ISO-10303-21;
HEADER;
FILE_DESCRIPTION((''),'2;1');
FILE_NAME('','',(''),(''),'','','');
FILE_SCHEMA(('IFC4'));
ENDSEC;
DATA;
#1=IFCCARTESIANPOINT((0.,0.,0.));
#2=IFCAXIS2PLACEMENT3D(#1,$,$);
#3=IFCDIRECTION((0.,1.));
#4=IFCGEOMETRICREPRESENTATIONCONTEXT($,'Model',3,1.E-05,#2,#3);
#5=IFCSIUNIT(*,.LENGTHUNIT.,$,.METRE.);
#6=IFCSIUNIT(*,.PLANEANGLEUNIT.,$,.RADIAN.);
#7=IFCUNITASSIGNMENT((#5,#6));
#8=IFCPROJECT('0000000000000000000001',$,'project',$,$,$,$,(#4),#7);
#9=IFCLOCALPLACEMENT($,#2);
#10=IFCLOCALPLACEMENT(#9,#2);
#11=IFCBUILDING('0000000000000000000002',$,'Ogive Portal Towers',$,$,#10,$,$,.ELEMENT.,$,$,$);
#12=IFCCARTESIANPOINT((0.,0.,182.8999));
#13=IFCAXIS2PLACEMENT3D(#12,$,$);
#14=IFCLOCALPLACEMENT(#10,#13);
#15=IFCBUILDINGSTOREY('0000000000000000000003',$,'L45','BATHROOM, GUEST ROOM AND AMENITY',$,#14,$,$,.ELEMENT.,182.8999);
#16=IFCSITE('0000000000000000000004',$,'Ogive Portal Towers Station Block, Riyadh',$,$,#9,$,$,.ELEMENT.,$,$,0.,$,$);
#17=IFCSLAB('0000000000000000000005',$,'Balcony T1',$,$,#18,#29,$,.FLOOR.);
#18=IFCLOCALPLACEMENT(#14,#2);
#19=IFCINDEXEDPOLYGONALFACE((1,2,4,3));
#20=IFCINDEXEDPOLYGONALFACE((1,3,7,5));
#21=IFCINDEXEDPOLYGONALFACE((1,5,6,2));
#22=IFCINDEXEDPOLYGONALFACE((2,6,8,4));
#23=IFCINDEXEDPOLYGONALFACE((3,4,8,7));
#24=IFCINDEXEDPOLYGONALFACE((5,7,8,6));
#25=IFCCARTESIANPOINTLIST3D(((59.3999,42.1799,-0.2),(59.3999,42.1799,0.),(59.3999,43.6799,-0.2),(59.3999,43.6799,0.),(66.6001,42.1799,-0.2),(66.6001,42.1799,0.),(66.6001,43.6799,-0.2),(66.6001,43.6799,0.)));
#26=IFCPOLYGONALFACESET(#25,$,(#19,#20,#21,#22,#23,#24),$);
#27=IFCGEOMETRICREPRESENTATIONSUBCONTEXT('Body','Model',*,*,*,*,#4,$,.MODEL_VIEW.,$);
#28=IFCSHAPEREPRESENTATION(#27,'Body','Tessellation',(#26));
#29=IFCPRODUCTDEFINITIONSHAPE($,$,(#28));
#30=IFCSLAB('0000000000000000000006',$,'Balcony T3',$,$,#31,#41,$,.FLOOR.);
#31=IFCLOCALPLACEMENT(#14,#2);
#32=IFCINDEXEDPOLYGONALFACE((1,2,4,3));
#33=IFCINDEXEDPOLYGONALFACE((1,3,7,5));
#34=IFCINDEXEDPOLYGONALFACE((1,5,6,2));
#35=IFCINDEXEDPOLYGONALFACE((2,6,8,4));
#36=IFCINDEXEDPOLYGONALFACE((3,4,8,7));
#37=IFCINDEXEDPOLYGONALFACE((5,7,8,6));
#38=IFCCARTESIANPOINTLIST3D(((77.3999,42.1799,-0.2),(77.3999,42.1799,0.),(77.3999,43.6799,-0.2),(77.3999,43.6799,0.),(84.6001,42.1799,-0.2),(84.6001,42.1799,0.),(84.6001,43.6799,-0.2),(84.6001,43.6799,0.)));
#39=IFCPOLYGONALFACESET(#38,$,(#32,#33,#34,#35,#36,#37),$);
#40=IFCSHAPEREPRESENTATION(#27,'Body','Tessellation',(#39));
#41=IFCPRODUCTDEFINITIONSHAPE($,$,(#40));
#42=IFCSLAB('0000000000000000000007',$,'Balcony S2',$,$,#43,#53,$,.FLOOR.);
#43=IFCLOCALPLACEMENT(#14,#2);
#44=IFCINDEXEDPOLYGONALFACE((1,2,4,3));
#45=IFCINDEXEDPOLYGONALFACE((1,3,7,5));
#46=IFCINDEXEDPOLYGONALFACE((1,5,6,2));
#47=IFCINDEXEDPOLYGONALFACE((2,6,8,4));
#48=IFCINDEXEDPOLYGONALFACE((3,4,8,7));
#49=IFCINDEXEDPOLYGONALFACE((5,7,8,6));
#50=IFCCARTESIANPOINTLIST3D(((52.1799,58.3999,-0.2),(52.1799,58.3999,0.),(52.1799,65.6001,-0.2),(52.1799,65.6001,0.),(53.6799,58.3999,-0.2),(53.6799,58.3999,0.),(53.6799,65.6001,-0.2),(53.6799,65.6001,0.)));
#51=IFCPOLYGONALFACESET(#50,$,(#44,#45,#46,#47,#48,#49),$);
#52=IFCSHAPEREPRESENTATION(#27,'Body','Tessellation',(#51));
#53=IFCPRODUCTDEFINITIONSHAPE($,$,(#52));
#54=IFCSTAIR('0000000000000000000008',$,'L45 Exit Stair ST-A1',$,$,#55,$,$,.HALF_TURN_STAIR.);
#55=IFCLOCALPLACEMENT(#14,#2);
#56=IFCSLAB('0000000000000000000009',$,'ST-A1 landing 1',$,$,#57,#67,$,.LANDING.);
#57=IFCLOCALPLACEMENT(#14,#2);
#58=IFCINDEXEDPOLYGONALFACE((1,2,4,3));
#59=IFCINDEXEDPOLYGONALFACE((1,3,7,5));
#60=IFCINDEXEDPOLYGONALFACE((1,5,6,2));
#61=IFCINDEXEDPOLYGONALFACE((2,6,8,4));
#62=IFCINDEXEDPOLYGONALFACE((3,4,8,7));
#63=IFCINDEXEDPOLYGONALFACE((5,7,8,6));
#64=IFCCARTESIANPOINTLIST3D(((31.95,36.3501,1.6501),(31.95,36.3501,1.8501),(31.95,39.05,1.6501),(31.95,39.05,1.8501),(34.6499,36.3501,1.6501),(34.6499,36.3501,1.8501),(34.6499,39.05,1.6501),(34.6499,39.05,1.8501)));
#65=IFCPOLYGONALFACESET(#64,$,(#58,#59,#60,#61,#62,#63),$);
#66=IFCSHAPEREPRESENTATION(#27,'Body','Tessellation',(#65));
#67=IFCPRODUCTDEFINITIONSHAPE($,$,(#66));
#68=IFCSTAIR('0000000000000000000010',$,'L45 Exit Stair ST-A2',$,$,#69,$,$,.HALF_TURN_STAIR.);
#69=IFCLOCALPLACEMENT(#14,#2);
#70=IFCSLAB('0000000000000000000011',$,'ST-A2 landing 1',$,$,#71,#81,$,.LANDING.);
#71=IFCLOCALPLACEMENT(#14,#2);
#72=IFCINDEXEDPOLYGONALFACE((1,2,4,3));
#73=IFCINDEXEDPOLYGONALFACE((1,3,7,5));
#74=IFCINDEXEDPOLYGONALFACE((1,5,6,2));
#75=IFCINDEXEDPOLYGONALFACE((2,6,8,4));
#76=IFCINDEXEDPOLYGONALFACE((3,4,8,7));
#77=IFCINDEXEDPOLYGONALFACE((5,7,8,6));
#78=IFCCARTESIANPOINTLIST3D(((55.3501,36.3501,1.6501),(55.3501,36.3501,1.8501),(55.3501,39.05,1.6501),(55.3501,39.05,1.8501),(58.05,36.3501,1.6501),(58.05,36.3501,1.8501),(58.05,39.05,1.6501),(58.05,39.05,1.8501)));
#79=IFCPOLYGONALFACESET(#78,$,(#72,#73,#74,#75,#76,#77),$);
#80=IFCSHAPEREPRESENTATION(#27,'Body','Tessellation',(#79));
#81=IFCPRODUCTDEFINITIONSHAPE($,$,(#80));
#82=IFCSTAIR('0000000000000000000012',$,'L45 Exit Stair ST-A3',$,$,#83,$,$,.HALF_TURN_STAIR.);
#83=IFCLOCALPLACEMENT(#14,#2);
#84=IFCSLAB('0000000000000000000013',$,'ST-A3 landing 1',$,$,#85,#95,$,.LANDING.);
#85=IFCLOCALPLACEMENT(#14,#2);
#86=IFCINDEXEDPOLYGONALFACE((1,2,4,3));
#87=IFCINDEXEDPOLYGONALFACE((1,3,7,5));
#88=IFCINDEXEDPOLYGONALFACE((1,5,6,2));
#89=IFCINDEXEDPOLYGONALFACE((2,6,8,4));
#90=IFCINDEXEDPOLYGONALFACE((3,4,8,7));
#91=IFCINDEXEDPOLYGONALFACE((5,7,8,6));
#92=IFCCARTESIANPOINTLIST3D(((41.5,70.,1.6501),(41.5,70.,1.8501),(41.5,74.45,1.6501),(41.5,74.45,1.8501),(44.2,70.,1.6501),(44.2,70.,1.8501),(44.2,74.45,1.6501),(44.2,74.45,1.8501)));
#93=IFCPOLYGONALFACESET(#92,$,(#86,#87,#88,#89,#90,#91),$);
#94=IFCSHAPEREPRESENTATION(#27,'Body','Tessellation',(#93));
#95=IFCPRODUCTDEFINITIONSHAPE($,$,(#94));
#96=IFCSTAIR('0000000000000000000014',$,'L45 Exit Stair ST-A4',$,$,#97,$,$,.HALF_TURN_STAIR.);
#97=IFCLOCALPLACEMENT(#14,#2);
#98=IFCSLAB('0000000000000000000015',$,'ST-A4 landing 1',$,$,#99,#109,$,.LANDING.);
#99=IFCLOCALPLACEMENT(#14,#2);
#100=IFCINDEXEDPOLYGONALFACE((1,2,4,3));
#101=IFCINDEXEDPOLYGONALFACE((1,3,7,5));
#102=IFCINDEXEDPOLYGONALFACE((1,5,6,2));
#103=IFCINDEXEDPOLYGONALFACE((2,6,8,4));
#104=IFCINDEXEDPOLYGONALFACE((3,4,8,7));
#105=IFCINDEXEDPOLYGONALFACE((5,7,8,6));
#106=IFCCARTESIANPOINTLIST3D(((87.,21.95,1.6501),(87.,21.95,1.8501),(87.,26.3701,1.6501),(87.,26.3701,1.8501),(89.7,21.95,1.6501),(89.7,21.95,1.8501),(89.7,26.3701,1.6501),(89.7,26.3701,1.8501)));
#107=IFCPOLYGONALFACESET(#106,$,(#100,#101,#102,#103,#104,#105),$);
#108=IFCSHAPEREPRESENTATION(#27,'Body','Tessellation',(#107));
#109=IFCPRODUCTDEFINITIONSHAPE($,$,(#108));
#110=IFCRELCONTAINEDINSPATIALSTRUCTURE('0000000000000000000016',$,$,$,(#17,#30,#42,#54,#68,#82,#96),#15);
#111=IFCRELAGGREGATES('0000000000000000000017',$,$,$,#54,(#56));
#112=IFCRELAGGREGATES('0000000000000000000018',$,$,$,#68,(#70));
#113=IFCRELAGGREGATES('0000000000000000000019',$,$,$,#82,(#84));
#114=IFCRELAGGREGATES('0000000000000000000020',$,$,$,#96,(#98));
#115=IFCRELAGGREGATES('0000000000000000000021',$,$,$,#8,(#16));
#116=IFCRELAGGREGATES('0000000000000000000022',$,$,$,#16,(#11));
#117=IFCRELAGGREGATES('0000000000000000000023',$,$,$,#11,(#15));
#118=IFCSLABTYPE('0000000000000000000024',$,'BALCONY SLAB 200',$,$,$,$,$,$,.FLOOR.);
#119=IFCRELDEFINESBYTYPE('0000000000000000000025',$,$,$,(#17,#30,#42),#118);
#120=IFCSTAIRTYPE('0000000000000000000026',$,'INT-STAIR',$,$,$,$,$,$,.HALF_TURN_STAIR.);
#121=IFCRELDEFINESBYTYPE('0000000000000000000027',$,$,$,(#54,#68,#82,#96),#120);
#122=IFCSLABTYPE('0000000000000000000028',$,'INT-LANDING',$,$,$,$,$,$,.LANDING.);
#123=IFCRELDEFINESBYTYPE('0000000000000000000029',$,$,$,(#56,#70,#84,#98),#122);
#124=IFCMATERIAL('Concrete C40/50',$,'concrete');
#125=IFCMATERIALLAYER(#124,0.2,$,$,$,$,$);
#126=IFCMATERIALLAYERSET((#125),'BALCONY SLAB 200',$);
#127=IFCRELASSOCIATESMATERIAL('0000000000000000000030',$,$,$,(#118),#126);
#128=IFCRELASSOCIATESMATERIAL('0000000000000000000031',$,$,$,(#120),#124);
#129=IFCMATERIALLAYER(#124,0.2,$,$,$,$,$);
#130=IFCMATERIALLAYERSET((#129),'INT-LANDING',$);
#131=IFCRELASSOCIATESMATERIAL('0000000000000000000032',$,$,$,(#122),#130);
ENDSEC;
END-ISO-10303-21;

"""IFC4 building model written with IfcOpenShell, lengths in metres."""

from ifc_helpers import new_model, si_unit, direction, frame, origin, place, context, subcontext, project, spatial, polyline, outline, extrude, material, layer, layer_set, type_object, element, aggregate, save


model = new_model("IFC4")

# Units and contexts
model_context = context("Model", 3, precision=1e-05, world=origin(), true_north=direction((0.0, 1.0)))
body_context = subcontext(model_context, "Body", "Model", "MODEL_VIEW")
ifc_project = project(units=[si_unit("LENGTHUNIT", "METRE"), si_unit("PLANEANGLEUNIT", "RADIAN")], contexts=[model_context])

# Site, building, storey
site_placement = place(None, origin())
site = spatial("IfcSite", under=ifc_project, at=site_placement, Name="Ogive Portal Towers Station Block, Riyadh", CompositionType="ELEMENT", RefElevation=0.0)
building_placement = place(site_placement, origin())
building = spatial("IfcBuilding", under=site, at=building_placement, Name="Ogive Portal Towers", CompositionType="ELEMENT")
storey_placement = place(building_placement, frame((0.0, 0.0, 182.8999)))
storey = spatial("IfcBuildingStorey", under=building, at=storey_placement, Name="L45", Description="BATHROOM, GUEST ROOM AND AMENITY", CompositionType="ELEMENT", Elevation=182.8999)

# Slabs
ifc_material_1 = material(Name="Concrete C40/50", Category="concrete")
ifc_layer_1 = layer(ifc_material_1, 0.2)
ifc_layer_set_1 = layer_set([ifc_layer_1], Name="BALCONY SLAB 200")
slab_type_1 = type_object("IfcSlabType", Name="BALCONY SLAB 200", PredefinedType="FLOOR", material=ifc_layer_set_1)
slab_1_placement = place(storey_placement, frame((0.0, 0.0, -0.2)))
element("IfcSlab", 1, at=slab_1_placement, inside=storey, type_object=slab_type_1, Name="Balcony T1", PredefinedType="FLOOR", context=body_context, shape_type="SweptSolid", body=[
    extrude(outline(polyline([(59.3999, 42.1799), (66.6001, 42.1799), (66.6001, 43.6799), (59.3999, 43.6799), (59.3999, 42.1799)])), origin(), (0.0, 0.0, 1.0), 0.2),
])
slab_2_placement = place(storey_placement, frame((0.0, 0.0, -0.2)))
element("IfcSlab", 2, at=slab_2_placement, inside=storey, type_object=slab_type_1, Name="Balcony T3", PredefinedType="FLOOR", context=body_context, shape_type="SweptSolid", body=[
    extrude(outline(polyline([(77.3999, 42.1799), (84.6001, 42.1799), (84.6001, 43.6799), (77.3999, 43.6799), (77.3999, 42.1799)])), origin(), (0.0, 0.0, 1.0), 0.2),
])
slab_3_placement = place(storey_placement, frame((0.0, 0.0, -0.2)))
element("IfcSlab", 3, at=slab_3_placement, inside=storey, type_object=slab_type_1, Name="Balcony S2", PredefinedType="FLOOR", context=body_context, shape_type="SweptSolid", body=[
    extrude(outline(polyline([(52.1799, 58.3999), (53.6799, 58.3999), (53.6799, 65.6001), (52.1799, 65.6001), (52.1799, 58.3999)])), origin(), (0.0, 0.0, 1.0), 0.2),
])

# Stairs, slabs
stair_type = type_object("IfcStairType", Name="INT-STAIR", PredefinedType="HALF_TURN_STAIR", material=ifc_material_1)
stair_1_placement = place(storey_placement, origin())
stair_1 = element("IfcStair", 4, at=stair_1_placement, inside=storey, type_object=stair_type, Name="L45 Exit Stair ST-A1", PredefinedType="HALF_TURN_STAIR")
ifc_layer_2 = layer(ifc_material_1, 0.2)
ifc_layer_set_2 = layer_set([ifc_layer_2], Name="INT-LANDING")
slab_type_2 = type_object("IfcSlabType", Name="INT-LANDING", PredefinedType="LANDING", material=ifc_layer_set_2)
slab_4_placement = place(storey_placement, frame((0.0, 0.0, 1.6501)))
slab_4 = element("IfcSlab", 5, at=slab_4_placement, type_object=slab_type_2, Name="ST-A1 landing 1", PredefinedType="LANDING", context=body_context, shape_type="SweptSolid", body=[
    extrude(outline(polyline([(34.6499, 39.05), (31.95, 39.05), (31.95, 36.3501), (34.6499, 36.3501), (34.6499, 39.05)])), origin(), (0.0, 0.0, 1.0), 0.2),
])
aggregate(stair_1, [slab_4])
stair_2_placement = place(storey_placement, origin())
stair_2 = element("IfcStair", 6, at=stair_2_placement, inside=storey, type_object=stair_type, Name="L45 Exit Stair ST-A2", PredefinedType="HALF_TURN_STAIR")
slab_5_placement = place(storey_placement, frame((0.0, 0.0, 1.6501)))
slab_5 = element("IfcSlab", 7, at=slab_5_placement, type_object=slab_type_2, Name="ST-A2 landing 1", PredefinedType="LANDING", context=body_context, shape_type="SweptSolid", body=[
    extrude(outline(polyline([(55.3501, 36.3501), (58.05, 36.3501), (58.05, 39.05), (55.3501, 39.05), (55.3501, 36.3501)])), origin(), (0.0, 0.0, 1.0), 0.2),
])
aggregate(stair_2, [slab_5])
stair_3_placement = place(storey_placement, origin())
stair_3 = element("IfcStair", 8, at=stair_3_placement, inside=storey, type_object=stair_type, Name="L45 Exit Stair ST-A3", PredefinedType="HALF_TURN_STAIR")
slab_6_placement = place(storey_placement, frame((0.0, 0.0, 1.6501)))
slab_6 = element("IfcSlab", 9, at=slab_6_placement, type_object=slab_type_2, Name="ST-A3 landing 1", PredefinedType="LANDING", context=body_context, shape_type="SweptSolid", body=[
    extrude(outline(polyline([(44.2, 70.0), (44.2, 74.45), (41.5, 74.45), (41.5, 70.0), (44.2, 70.0)])), origin(), (0.0, 0.0, 1.0), 0.2),
])
aggregate(stair_3, [slab_6])
stair_4_placement = place(storey_placement, origin())
stair_4 = element("IfcStair", 10, at=stair_4_placement, inside=storey, type_object=stair_type, Name="L45 Exit Stair ST-A4", PredefinedType="HALF_TURN_STAIR")
slab_7_placement = place(storey_placement, frame((0.0, 0.0, 1.6501)))
slab_7 = element("IfcSlab", 11, at=slab_7_placement, type_object=slab_type_2, Name="ST-A4 landing 1", PredefinedType="LANDING", context=body_context, shape_type="SweptSolid", body=[
    extrude(outline(polyline([(87.0, 26.3701), (87.0, 21.95), (89.7, 21.95), (89.7, 26.3701), (87.0, 26.3701)])), origin(), (0.0, 0.0, 1.0), 0.2),
])
aggregate(stair_4, [slab_7])

save(model, "model.ifc")
